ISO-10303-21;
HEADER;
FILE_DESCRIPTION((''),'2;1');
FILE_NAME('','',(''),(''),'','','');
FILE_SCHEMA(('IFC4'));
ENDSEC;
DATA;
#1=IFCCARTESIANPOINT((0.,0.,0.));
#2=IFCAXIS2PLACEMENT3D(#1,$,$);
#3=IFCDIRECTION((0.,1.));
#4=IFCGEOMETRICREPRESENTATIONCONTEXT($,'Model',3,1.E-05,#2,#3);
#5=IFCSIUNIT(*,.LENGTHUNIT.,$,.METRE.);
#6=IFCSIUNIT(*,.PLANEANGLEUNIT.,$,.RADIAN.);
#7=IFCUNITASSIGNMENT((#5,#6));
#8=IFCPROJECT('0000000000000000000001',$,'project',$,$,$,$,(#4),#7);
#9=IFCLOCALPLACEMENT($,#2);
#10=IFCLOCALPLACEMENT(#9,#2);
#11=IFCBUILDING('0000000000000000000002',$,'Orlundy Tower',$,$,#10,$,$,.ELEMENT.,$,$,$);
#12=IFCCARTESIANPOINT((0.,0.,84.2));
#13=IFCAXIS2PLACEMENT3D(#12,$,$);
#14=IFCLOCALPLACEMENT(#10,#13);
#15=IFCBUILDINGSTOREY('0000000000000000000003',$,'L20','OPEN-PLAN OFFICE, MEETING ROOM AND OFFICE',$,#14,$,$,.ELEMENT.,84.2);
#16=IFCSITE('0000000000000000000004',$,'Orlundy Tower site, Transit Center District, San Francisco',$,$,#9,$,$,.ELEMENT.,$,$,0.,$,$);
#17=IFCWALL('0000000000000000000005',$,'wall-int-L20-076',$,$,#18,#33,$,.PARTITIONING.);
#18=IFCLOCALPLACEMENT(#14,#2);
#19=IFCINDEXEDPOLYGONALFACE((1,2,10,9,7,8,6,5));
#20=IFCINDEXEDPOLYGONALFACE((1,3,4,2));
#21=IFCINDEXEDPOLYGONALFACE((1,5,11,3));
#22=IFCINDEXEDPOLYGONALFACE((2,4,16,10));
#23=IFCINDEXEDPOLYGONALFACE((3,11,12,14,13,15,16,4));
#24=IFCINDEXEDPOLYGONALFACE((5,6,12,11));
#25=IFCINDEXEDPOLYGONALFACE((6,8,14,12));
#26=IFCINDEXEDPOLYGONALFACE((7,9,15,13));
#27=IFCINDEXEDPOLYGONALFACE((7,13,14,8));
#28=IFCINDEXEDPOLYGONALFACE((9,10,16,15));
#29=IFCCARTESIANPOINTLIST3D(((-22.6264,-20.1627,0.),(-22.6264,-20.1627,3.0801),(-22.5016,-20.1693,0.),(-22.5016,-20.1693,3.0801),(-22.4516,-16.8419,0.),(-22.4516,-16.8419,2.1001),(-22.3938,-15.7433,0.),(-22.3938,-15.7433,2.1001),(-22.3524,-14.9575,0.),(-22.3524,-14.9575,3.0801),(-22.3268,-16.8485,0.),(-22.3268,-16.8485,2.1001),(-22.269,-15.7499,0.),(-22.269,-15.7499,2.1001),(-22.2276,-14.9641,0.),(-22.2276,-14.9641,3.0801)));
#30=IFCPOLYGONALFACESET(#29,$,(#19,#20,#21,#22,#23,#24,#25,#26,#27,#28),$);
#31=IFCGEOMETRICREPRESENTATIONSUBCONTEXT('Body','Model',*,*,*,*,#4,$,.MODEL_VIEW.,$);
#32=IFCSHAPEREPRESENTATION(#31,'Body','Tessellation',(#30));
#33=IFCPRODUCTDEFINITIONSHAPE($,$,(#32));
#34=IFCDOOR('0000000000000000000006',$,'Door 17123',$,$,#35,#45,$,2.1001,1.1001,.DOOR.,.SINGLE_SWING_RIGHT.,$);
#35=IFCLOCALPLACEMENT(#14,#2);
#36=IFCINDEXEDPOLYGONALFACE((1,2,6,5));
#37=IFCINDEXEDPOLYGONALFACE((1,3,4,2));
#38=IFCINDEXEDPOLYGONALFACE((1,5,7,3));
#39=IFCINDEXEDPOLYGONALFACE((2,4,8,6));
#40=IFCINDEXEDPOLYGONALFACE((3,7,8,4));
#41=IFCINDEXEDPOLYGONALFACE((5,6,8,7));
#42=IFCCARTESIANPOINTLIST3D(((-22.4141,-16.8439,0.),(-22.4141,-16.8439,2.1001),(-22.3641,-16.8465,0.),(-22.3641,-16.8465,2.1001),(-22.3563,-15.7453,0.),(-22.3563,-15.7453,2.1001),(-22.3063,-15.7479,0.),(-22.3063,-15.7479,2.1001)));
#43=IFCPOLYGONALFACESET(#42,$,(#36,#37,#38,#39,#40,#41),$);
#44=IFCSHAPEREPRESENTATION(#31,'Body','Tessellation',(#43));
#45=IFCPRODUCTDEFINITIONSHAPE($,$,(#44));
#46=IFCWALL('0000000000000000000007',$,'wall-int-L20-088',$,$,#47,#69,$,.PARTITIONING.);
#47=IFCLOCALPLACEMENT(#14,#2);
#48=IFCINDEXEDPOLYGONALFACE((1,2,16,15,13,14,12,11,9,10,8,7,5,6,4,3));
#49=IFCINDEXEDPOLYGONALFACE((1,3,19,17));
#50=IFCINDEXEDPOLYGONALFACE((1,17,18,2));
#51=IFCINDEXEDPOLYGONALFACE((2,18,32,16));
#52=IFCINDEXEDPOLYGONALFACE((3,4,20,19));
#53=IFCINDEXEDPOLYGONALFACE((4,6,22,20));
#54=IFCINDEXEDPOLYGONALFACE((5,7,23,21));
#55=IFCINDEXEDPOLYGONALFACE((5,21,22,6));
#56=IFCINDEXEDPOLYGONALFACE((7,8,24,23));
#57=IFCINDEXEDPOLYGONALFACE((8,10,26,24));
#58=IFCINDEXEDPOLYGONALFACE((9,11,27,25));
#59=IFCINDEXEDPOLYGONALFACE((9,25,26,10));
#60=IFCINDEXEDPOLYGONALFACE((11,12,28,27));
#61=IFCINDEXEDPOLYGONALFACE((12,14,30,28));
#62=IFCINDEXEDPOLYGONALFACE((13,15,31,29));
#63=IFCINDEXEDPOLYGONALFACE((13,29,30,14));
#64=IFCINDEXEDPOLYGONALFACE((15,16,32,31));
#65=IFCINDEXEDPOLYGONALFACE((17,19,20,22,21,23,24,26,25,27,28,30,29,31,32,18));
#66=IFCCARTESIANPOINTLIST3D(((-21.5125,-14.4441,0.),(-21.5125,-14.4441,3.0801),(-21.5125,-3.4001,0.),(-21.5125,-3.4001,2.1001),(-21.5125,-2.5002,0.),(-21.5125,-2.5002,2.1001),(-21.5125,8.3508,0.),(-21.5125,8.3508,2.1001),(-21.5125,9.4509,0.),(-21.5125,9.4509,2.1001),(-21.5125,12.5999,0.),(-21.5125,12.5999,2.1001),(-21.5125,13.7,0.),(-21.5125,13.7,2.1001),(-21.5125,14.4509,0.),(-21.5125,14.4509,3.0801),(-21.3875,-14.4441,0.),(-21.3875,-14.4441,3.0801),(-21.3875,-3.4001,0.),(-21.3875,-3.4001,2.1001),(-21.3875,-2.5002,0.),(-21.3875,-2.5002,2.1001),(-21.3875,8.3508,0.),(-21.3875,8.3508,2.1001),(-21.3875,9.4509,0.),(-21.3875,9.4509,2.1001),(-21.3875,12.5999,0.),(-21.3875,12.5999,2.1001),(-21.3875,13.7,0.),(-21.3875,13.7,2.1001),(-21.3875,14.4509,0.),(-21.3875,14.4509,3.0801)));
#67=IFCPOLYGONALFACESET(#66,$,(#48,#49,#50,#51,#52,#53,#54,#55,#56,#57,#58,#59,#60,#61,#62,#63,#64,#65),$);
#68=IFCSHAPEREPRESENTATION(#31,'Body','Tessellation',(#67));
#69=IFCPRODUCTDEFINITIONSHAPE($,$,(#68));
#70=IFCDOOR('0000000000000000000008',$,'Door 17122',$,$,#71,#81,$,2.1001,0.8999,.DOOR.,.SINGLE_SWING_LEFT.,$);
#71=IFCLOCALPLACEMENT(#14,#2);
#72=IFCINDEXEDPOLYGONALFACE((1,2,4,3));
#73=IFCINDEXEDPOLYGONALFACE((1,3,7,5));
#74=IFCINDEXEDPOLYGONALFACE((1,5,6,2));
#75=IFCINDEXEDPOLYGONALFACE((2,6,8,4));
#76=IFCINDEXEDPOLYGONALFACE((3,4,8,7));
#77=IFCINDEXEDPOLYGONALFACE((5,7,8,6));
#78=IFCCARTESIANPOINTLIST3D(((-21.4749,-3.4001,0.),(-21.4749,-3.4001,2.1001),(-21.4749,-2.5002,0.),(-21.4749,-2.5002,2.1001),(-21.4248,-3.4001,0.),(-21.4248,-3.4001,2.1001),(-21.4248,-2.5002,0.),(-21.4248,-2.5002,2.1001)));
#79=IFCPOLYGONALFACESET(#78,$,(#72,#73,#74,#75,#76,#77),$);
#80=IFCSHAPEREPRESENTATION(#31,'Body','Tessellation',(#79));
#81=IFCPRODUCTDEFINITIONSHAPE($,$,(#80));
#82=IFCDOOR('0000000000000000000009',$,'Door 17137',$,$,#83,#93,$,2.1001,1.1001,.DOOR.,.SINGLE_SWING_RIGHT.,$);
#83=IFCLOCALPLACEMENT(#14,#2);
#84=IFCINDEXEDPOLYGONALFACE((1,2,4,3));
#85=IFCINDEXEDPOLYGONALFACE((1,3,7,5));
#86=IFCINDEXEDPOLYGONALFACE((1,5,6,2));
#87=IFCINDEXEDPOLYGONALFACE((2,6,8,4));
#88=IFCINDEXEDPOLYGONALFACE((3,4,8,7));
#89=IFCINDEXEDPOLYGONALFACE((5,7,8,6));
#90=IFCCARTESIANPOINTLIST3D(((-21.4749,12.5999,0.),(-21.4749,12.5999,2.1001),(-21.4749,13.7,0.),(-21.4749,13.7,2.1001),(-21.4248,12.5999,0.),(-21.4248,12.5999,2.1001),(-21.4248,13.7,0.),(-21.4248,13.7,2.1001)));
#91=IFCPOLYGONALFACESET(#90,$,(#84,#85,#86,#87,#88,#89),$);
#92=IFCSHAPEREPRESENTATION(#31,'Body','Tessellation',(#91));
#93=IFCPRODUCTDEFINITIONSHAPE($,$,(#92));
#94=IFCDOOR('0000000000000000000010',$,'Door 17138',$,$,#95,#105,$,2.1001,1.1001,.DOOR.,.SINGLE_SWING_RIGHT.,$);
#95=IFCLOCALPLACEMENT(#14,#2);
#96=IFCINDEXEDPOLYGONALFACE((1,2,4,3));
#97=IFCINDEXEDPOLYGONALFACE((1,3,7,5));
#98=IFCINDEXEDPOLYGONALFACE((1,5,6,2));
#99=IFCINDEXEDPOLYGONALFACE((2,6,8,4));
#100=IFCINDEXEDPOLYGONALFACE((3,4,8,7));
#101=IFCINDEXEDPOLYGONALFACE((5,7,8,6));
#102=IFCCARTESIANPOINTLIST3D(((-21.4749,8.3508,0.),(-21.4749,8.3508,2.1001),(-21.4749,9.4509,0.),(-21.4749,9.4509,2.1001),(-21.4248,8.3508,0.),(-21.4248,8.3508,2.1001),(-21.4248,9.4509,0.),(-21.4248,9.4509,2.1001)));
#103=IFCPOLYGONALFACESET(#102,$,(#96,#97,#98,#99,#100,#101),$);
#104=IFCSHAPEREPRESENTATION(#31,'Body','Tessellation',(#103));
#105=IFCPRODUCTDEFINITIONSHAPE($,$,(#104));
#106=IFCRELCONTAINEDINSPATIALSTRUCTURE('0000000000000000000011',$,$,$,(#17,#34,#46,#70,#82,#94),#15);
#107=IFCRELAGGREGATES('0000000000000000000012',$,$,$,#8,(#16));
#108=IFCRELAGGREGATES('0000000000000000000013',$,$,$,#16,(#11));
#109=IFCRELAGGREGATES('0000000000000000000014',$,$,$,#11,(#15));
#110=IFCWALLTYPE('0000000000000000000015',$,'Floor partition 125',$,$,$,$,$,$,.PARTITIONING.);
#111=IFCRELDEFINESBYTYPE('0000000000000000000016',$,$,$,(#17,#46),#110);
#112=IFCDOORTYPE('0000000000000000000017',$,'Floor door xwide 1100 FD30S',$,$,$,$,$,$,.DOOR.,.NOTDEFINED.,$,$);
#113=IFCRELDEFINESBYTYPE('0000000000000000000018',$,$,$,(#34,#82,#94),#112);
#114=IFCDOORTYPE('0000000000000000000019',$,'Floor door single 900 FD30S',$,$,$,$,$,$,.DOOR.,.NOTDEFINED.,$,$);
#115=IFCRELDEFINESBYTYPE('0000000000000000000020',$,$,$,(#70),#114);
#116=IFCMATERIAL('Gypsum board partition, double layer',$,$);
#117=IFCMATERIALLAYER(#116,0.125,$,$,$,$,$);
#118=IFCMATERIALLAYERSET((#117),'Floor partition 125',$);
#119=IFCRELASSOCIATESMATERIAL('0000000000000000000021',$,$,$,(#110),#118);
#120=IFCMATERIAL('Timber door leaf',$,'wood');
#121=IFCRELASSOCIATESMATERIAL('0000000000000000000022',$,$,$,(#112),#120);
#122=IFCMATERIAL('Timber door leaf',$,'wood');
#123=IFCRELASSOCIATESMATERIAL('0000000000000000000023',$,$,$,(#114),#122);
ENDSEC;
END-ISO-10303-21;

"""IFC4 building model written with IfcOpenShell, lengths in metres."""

from ifc_helpers import new_model, si_unit, direction, frame, frame_2d, origin, place, context, subcontext, project, spatial, rectangle, extrude, material, layer, layer_set, type_object, element, fill, save


model = new_model("IFC4")

# Units and contexts
model_context = context("Model", 3, precision=1e-05, world=origin(), true_north=direction((0.0, 1.0)))
body_context = subcontext(model_context, "Body", "Model", "MODEL_VIEW")
ifc_project = project(units=[si_unit("LENGTHUNIT", "METRE"), si_unit("PLANEANGLEUNIT", "RADIAN")], contexts=[model_context])

# Site, building, storey
site_placement = place(None, origin())
site = spatial("IfcSite", under=ifc_project, at=site_placement, Name="Orlundy Tower site, Transit Center District, San Francisco", CompositionType="ELEMENT", RefElevation=0.0)
building_placement = place(site_placement, origin())
building = spatial("IfcBuilding", under=site, at=building_placement, Name="Orlundy Tower", CompositionType="ELEMENT")
storey_placement = place(building_placement, frame((0.0, 0.0, 84.2)))
storey = spatial("IfcBuildingStorey", under=building, at=storey_placement, Name="L20", Description="OPEN-PLAN OFFICE, MEETING ROOM AND OFFICE", CompositionType="ELEMENT", Elevation=84.2)

# Shared definitions
ifc_material_1 = material(Name="Gypsum board partition, double layer")
ifc_layer_1 = layer(ifc_material_1, 0.125)
ifc_layer_set_1 = layer_set([ifc_layer_1], Name="Floor partition 125")
wall_type_1 = type_object("IfcWallType", Name="Floor partition 125", PredefinedType="PARTITIONING", material=ifc_layer_set_1)

# Wall, opening, door
wall_1_placement = place(storey_placement, frame((-22.564, -20.166, 0.0), z_axis=(0.0, 0.0, 1.0), x_axis=(0.052554, 0.998618, 0.0)))
wall_1 = element("IfcWall", 1, at=wall_1_placement, inside=storey, type_object=wall_type_1, Name="wall-int-L20-076", PredefinedType="PARTITIONING", context=body_context, shape_type="SweptSolid", body=[
    extrude(rectangle(XDim=5.2124, YDim=0.125, at=frame_2d((2.6062, 0.0))), origin(), (0.0, 0.0, 1.0), 3.0801),
])
opening_1_placement = place(wall_1_placement, frame((3.3254, 0.0, 0.0)))
opening_1 = element("IfcOpeningElement", 2, at=opening_1_placement, cuts=wall_1, PredefinedType="OPENING", context=body_context, shape_type="SweptSolid", body=[
    extrude(rectangle(XDim=1.1001, YDim=2.1001, at=frame_2d((0.55, 1.05))), frame((0.0, 0.0725, 0.0), z_axis=(0.0, -1.0, 0.0), x_axis=(1.0, 0.0, 0.0)), (0.0, 0.0, 1.0), 0.145),
])
ifc_material_2 = material(Name="Timber door leaf", Category="wood")
door_type_1 = type_object("IfcDoorType", Name="Floor door xwide 1100 FD30S", OperationType="NOTDEFINED", PredefinedType="DOOR", material=ifc_material_2)
door_1_placement = place(opening_1_placement, origin())
door_1 = element("IfcDoor", 3, at=door_1_placement, inside=storey, type_object=door_type_1, Name="Door 17123", OperationType="SINGLE_SWING_RIGHT", OverallHeight=2.1001, OverallWidth=1.1001, PredefinedType="DOOR", context=body_context, shape_type="SweptSolid", body=[
    extrude(rectangle(XDim=1.1001, YDim=2.1001, at=frame_2d((0.55, 1.05))), frame((0.0, 0.0249, 0.0), z_axis=(0.0, -1.0, 0.0), x_axis=(1.0, 0.0, 0.0)), (0.0, 0.0, 1.0), 0.05),
])
fill(opening_1, door_1)

# Wall, openings, doors
wall_2_placement = place(storey_placement, frame((-21.45, -14.4441, 0.0), z_axis=(0.0, 0.0, 1.0), x_axis=(0.0, 1.0, 0.0)))
wall_2 = element("IfcWall", 4, at=wall_2_placement, inside=storey, type_object=wall_type_1, Name="wall-int-L20-088", PredefinedType="PARTITIONING", context=body_context, shape_type="SweptSolid", body=[
    extrude(rectangle(XDim=28.895, YDim=0.125, at=frame_2d((14.4475, 0.0))), origin(), (0.0, 0.0, 1.0), 3.0801),
])
opening_2_placement = place(wall_2_placement, frame((11.0439, 0.0, 0.0)))
opening_2 = element("IfcOpeningElement", 5, at=opening_2_placement, cuts=wall_2, PredefinedType="OPENING", context=body_context, shape_type="SweptSolid", body=[
    extrude(rectangle(XDim=0.8999, YDim=2.1001, at=frame_2d((0.45, 1.05))), frame((0.0, 0.0725, 0.0), z_axis=(0.0, -1.0, 0.0), x_axis=(1.0, 0.0, 0.0)), (0.0, 0.0, 1.0), 0.145),
])
opening_3_placement = place(wall_2_placement, frame((27.0439, 0.0, 0.0)))
opening_3 = element("IfcOpeningElement", 6, at=opening_3_placement, cuts=wall_2, PredefinedType="OPENING", context=body_context, shape_type="SweptSolid", body=[
    extrude(rectangle(XDim=1.1001, YDim=2.1001, at=frame_2d((0.55, 1.05))), frame((0.0, 0.0725, 0.0), z_axis=(0.0, -1.0, 0.0), x_axis=(1.0, 0.0, 0.0)), (0.0, 0.0, 1.0), 0.145),
])
opening_4_placement = place(wall_2_placement, frame((22.7949, 0.0, 0.0)))
opening_4 = element("IfcOpeningElement", 7, at=opening_4_placement, cuts=wall_2, PredefinedType="OPENING", context=body_context, shape_type="SweptSolid", body=[
    extrude(rectangle(XDim=1.1001, YDim=2.1001, at=frame_2d((0.55, 1.05))), frame((0.0, 0.0725, 0.0), z_axis=(0.0, -1.0, 0.0), x_axis=(1.0, 0.0, 0.0)), (0.0, 0.0, 1.0), 0.145),
])
ifc_material_3 = material(Name="Timber door leaf", Category="wood")
door_type_2 = type_object("IfcDoorType", Name="Floor door single 900 FD30S", OperationType="NOTDEFINED", PredefinedType="DOOR", material=ifc_material_3)
door_2_placement = place(opening_2_placement, origin())
door_2 = element("IfcDoor", 8, at=door_2_placement, inside=storey, type_object=door_type_2, Name="Door 17122", OperationType="SINGLE_SWING_LEFT", OverallHeight=2.1001, OverallWidth=0.8999, PredefinedType="DOOR", context=body_context, shape_type="SweptSolid", body=[
    extrude(rectangle(XDim=0.8999, YDim=2.1001, at=frame_2d((0.45, 1.05))), frame((0.0, 0.0249, 0.0), z_axis=(0.0, -1.0, 0.0), x_axis=(1.0, 0.0, 0.0)), (0.0, 0.0, 1.0), 0.05),
])
fill(opening_2, door_2)
door_3_placement = place(opening_3_placement, origin())
door_3 = element("IfcDoor", 9, at=door_3_placement, inside=storey, type_object=door_type_1, Name="Door 17137", OperationType="SINGLE_SWING_RIGHT", OverallHeight=2.1001, OverallWidth=1.1001, PredefinedType="DOOR", context=body_context, shape_type="SweptSolid", body=[
    extrude(rectangle(XDim=1.1001, YDim=2.1001, at=frame_2d((0.55, 1.05))), frame((0.0, 0.0249, 0.0), z_axis=(0.0, -1.0, 0.0), x_axis=(1.0, 0.0, 0.0)), (0.0, 0.0, 1.0), 0.05),
])
fill(opening_3, door_3)
door_4_placement = place(opening_4_placement, origin())
door_4 = element("IfcDoor", 10, at=door_4_placement, inside=storey, type_object=door_type_1, Name="Door 17138", OperationType="SINGLE_SWING_RIGHT", OverallHeight=2.1001, OverallWidth=1.1001, PredefinedType="DOOR", context=body_context, shape_type="SweptSolid", body=[
    extrude(rectangle(XDim=1.1001, YDim=2.1001, at=frame_2d((0.55, 1.05))), frame((0.0, 0.0249, 0.0), z_axis=(0.0, -1.0, 0.0), x_axis=(1.0, 0.0, 0.0)), (0.0, 0.0, 1.0), 0.05),
])
fill(opening_4, door_4)

save(model, "model.ifc")
